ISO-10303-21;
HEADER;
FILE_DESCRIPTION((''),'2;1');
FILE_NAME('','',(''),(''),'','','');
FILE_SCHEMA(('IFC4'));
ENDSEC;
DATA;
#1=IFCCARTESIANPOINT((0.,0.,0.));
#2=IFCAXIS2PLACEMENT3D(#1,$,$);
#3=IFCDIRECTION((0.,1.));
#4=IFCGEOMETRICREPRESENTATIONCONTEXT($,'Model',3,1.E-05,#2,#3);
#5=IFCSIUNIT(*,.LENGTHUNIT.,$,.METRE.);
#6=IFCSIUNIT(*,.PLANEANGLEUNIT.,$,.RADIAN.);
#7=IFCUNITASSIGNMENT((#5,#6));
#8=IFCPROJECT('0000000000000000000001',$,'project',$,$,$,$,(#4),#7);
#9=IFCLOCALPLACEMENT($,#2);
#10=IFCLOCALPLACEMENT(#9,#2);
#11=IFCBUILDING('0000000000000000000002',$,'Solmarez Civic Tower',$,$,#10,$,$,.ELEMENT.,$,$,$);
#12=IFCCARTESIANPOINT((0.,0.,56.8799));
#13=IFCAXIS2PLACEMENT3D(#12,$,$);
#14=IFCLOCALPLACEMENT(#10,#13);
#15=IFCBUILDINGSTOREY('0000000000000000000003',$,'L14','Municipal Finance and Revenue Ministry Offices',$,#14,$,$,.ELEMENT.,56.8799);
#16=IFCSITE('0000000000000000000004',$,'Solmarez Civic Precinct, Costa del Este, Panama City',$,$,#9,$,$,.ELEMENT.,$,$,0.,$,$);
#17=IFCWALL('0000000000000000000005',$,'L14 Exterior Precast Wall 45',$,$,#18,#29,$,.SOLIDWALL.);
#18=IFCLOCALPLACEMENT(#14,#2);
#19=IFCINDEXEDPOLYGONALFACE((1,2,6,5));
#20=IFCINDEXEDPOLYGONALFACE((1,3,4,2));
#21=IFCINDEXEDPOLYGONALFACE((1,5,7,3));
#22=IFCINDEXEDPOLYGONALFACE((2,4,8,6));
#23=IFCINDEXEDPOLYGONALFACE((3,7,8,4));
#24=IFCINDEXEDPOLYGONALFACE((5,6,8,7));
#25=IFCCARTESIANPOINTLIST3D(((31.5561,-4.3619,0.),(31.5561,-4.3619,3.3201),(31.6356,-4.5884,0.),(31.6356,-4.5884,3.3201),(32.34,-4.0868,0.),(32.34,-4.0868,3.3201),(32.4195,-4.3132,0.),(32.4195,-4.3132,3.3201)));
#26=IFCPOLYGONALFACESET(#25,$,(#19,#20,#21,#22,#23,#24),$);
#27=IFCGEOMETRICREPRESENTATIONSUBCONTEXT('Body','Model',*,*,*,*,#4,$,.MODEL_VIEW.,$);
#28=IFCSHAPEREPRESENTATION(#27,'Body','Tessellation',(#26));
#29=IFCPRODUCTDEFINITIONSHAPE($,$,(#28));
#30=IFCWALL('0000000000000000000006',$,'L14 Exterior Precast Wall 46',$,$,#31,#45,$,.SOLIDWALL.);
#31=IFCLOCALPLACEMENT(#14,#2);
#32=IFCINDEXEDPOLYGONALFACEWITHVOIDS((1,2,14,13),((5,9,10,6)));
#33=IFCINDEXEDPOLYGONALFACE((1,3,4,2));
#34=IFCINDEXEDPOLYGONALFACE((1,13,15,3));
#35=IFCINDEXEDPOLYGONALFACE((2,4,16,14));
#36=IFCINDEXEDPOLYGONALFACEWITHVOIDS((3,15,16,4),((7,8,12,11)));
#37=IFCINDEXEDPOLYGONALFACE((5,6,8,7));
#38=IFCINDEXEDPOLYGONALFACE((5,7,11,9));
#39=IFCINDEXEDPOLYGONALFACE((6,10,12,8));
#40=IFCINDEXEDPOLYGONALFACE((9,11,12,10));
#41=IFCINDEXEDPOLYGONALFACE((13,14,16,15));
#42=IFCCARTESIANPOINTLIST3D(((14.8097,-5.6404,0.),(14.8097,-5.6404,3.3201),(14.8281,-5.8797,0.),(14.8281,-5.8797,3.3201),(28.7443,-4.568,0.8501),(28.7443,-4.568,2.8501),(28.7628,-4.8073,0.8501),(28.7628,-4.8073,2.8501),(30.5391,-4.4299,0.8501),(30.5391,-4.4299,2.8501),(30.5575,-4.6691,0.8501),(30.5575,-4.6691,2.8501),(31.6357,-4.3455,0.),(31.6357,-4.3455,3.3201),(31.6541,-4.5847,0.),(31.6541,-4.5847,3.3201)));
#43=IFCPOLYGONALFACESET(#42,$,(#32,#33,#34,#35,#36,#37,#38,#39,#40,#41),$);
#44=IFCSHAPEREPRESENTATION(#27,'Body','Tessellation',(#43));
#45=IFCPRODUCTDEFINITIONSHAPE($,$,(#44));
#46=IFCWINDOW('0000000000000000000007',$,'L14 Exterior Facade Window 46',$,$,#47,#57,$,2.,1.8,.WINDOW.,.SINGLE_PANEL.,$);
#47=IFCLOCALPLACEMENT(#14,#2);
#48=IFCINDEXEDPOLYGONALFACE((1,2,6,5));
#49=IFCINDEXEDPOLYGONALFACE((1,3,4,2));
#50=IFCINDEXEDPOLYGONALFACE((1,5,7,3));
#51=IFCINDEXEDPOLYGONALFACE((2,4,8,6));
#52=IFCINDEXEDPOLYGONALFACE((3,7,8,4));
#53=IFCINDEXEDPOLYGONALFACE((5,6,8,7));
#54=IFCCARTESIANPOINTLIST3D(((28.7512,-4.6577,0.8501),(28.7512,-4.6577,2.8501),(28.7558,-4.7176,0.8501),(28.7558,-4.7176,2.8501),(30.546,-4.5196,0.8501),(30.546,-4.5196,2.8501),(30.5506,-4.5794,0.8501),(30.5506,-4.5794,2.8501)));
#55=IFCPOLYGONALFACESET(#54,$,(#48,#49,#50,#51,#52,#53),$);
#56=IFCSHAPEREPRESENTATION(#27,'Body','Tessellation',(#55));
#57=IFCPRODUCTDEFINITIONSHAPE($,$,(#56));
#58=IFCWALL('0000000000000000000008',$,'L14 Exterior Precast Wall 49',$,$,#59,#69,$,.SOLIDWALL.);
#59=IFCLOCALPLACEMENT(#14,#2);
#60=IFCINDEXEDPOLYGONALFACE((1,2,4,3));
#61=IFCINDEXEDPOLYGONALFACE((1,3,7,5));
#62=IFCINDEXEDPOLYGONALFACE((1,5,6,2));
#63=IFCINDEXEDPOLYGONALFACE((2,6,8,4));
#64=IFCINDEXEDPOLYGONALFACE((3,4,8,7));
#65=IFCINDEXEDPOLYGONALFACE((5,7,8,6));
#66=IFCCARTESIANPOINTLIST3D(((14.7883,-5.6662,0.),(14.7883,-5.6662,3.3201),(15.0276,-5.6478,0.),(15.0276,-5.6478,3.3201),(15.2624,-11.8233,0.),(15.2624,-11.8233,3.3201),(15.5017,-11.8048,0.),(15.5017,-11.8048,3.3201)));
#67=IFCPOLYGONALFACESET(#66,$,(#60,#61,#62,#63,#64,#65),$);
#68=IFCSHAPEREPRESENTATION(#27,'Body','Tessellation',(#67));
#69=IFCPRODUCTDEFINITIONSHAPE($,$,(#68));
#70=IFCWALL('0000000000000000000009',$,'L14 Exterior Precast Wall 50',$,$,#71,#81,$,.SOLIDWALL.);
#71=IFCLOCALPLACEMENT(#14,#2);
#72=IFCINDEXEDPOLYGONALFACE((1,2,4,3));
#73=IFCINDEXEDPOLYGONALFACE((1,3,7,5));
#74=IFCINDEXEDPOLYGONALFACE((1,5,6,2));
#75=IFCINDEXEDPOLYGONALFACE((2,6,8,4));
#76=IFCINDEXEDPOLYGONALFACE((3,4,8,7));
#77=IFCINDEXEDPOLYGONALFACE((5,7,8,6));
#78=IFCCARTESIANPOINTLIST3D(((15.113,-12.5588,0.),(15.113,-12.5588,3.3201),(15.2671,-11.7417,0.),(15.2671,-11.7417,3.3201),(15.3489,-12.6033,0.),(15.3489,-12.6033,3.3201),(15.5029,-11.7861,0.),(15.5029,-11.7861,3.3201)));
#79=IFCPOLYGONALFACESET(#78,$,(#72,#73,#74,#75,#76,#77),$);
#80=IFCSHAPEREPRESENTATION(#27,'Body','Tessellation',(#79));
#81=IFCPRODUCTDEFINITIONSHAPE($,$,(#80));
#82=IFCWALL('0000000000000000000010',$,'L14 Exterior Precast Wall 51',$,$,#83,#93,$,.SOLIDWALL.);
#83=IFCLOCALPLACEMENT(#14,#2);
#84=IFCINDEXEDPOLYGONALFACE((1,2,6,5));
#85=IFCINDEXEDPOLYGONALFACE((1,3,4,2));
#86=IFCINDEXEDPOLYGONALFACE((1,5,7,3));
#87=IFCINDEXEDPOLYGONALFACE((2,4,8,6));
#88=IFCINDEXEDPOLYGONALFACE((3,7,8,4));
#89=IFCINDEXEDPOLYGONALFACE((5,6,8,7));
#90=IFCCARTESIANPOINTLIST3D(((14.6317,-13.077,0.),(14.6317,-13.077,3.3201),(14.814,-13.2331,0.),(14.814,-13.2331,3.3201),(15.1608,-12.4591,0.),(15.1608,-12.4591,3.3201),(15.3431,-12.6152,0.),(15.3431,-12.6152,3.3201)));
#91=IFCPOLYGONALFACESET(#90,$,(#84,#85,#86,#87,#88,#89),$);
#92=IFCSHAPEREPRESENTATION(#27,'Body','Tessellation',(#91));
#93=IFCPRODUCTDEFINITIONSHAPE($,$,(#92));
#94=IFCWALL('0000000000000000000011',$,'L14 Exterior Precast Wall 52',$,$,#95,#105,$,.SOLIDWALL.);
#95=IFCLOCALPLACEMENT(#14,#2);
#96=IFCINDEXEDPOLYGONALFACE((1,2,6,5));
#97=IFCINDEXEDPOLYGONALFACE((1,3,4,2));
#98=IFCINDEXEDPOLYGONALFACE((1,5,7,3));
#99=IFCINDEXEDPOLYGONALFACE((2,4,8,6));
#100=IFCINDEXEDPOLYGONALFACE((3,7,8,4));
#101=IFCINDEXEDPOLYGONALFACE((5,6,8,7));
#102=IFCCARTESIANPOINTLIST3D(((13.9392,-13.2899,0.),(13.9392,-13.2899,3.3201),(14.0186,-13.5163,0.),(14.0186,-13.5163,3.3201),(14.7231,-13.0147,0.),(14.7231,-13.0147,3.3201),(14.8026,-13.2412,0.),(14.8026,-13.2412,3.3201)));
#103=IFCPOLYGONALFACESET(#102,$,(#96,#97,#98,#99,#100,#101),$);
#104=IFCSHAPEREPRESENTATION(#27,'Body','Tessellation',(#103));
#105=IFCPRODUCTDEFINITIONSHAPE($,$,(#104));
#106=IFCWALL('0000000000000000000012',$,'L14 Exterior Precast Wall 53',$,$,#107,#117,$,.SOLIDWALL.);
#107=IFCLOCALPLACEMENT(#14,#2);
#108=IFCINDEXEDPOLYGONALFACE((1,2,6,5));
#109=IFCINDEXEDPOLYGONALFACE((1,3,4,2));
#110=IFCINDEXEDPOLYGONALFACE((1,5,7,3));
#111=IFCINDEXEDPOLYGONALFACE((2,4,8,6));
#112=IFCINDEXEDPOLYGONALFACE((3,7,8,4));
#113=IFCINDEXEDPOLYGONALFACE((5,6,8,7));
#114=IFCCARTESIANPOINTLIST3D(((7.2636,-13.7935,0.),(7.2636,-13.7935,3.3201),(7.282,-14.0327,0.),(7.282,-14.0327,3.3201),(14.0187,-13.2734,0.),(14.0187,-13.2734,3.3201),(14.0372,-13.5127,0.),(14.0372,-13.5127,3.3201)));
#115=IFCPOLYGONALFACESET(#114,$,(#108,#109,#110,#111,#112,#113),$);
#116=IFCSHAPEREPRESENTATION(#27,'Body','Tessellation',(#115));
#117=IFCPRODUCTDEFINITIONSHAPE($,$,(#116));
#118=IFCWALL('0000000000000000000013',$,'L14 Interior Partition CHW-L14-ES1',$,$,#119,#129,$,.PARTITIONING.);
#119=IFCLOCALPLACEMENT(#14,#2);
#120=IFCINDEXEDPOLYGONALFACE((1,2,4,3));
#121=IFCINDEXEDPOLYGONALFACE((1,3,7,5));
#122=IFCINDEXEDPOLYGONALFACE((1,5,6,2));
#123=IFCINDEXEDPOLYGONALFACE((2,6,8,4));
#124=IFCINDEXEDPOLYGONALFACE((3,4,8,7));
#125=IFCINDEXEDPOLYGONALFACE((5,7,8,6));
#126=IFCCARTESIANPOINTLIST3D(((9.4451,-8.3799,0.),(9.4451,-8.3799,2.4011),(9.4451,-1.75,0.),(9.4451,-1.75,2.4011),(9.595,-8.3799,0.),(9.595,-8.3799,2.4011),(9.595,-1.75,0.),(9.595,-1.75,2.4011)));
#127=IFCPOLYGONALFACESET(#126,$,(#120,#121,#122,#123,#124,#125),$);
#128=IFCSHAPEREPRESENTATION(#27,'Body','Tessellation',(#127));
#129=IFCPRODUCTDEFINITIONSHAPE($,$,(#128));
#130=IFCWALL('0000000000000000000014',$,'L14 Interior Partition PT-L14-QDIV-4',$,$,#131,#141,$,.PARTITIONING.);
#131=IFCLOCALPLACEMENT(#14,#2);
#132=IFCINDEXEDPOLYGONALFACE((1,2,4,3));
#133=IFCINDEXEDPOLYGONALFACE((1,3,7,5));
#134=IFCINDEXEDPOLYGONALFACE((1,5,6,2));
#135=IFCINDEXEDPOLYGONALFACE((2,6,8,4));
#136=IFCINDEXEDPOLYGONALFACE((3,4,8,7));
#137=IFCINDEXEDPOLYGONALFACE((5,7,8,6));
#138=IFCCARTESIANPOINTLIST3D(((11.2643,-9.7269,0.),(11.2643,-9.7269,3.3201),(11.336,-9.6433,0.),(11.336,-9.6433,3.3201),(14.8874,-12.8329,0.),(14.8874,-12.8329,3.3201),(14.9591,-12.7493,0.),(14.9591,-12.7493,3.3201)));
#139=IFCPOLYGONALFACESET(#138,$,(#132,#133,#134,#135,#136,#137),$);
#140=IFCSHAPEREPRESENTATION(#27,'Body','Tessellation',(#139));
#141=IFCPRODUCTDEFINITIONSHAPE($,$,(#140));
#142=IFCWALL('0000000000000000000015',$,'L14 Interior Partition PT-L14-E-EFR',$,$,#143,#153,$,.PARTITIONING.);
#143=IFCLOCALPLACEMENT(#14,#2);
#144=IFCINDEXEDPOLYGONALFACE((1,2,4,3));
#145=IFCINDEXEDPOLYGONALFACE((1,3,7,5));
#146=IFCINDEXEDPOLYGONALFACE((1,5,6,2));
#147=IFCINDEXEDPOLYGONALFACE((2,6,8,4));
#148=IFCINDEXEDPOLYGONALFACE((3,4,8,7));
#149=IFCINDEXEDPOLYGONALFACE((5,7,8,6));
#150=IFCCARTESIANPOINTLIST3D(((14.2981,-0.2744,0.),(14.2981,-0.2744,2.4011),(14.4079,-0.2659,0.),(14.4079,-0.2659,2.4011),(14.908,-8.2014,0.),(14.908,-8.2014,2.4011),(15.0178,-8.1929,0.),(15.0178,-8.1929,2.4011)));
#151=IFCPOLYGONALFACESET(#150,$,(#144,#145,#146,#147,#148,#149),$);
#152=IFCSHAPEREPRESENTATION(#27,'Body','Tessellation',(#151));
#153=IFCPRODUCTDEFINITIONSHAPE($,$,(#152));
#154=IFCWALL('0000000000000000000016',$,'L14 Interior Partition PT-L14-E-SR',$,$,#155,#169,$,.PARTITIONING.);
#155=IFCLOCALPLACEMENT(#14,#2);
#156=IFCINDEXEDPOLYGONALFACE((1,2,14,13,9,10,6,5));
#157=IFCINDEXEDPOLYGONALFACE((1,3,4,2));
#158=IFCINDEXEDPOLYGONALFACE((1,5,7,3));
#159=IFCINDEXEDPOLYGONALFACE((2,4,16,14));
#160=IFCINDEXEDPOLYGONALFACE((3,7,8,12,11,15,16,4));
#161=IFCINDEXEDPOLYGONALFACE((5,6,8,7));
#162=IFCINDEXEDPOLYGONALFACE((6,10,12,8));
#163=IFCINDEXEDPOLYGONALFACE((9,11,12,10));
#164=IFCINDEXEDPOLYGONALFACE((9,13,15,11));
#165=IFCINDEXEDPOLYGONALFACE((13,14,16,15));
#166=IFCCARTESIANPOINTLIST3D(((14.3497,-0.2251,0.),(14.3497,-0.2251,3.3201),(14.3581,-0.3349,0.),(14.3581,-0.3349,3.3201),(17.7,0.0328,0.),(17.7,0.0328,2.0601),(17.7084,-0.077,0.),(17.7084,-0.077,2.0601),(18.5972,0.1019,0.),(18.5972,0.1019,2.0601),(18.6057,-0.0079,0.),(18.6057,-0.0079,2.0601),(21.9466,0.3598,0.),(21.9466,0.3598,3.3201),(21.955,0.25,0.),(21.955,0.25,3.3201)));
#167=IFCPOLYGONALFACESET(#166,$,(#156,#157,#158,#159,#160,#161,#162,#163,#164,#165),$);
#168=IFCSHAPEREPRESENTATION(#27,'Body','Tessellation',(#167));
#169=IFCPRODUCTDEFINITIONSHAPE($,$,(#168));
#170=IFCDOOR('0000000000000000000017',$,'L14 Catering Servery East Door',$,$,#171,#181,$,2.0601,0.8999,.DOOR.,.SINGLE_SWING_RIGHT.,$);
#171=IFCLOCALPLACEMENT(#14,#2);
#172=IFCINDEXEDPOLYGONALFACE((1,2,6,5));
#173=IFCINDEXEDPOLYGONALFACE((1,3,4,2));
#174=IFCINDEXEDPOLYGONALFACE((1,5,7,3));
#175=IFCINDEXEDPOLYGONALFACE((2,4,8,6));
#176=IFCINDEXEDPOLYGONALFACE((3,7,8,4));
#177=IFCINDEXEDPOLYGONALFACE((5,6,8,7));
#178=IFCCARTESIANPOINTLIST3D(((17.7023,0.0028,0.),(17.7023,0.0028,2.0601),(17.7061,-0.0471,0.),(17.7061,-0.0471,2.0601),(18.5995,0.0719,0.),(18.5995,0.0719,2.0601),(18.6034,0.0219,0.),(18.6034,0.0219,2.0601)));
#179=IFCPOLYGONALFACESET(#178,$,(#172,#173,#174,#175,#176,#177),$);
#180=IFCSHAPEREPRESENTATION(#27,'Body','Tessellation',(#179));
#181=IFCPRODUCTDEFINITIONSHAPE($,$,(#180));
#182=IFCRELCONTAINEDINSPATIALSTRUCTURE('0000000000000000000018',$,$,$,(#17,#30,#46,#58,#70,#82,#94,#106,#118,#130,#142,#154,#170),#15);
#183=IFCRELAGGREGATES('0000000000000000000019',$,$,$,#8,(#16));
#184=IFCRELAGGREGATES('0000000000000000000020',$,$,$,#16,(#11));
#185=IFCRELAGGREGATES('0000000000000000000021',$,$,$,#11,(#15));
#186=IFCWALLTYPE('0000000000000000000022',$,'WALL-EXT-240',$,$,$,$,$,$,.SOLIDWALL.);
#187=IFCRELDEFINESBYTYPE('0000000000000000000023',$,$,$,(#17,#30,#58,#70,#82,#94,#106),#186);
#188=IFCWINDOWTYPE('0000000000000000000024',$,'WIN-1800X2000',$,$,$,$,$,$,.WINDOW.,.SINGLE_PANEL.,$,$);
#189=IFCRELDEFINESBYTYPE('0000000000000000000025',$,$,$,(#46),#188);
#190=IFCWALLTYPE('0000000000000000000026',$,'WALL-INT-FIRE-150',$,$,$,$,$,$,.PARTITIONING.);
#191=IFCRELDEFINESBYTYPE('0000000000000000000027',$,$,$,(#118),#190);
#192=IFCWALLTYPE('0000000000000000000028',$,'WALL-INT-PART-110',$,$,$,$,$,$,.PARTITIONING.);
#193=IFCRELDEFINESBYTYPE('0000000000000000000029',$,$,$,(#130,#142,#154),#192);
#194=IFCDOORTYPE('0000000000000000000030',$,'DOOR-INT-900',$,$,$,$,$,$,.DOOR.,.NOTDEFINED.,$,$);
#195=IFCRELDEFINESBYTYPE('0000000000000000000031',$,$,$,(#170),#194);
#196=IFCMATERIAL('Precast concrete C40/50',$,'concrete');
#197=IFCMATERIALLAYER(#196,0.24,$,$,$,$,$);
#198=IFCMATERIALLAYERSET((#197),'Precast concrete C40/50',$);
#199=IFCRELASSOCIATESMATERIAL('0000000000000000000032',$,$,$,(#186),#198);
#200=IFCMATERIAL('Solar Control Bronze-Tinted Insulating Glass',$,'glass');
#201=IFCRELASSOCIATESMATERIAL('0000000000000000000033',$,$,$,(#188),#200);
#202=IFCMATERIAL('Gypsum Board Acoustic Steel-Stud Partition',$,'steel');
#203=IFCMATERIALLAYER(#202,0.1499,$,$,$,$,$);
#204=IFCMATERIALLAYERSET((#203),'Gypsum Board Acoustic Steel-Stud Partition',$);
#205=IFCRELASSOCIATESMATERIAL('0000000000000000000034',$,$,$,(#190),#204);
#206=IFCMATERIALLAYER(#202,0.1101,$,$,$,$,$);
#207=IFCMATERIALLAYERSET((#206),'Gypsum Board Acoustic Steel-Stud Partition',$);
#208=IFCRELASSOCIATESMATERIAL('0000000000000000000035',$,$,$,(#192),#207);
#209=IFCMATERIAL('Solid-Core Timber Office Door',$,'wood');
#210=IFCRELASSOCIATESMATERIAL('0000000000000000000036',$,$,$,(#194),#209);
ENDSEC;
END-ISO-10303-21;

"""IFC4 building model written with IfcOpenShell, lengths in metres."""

from ifc_helpers import new_model, si_unit, direction, frame, frame_2d, origin, place, context, subcontext, project, spatial, rectangle, extrude, material, layer, layer_set, type_object, element, fill, save


model = new_model("IFC4")

# Units and contexts
model_context = context("Model", 3, precision=1e-05, world=origin(), true_north=direction((0.0, 1.0)))
body_context = subcontext(model_context, "Body", "Model", "MODEL_VIEW")
ifc_project = project(units=[si_unit("LENGTHUNIT", "METRE"), si_unit("PLANEANGLEUNIT", "RADIAN")], contexts=[model_context])

# Site, building, storey
site_placement = place(None, origin())
site = spatial("IfcSite", under=ifc_project, at=site_placement, Name="Solmarez Civic Precinct, Costa del Este, Panama City", CompositionType="ELEMENT", RefElevation=0.0)
building_placement = place(site_placement, origin())
building = spatial("IfcBuilding", under=site, at=building_placement, Name="Solmarez Civic Tower", CompositionType="ELEMENT")
storey_placement = place(building_placement, frame((0.0, 0.0, 56.8799)))
storey = spatial("IfcBuildingStorey", under=building, at=storey_placement, Name="L14", Description="Municipal Finance and Revenue Ministry Offices", CompositionType="ELEMENT", Elevation=56.8799)

# Wall
ifc_material_1 = material(Name="Precast concrete C40/50", Category="concrete")
ifc_layer_1 = layer(ifc_material_1, 0.24)
ifc_layer_set_1 = layer_set([ifc_layer_1], Name="Precast concrete C40/50")
wall_type_1 = type_object("IfcWallType", Name="WALL-EXT-240", PredefinedType="SOLIDWALL", material=ifc_layer_set_1)
wall_1_placement = place(storey_placement, frame((32.3799, -4.2, 0.0), z_axis=(0.0, 0.0, 1.0), x_axis=(-0.943569, -0.331175, 0.0)))
element("IfcWall", 1, at=wall_1_placement, inside=storey, type_object=wall_type_1, Name="L14 Exterior Precast Wall 45", PredefinedType="SOLIDWALL", context=body_context, shape_type="SweptSolid", body=[
    extrude(rectangle(XDim=0.8308, YDim=0.24, at=frame_2d((0.4155, 0.0))), origin(), (0.0, 0.0, 1.0), 3.3201),
])

# Wall, opening, window
wall_2_placement = place(storey_placement, frame((31.645, -4.4651, 0.0), z_axis=(0.0, 0.0, 1.0), x_axis=(-0.997052, -0.076733, 0.0)))
wall_2 = element("IfcWall", 2, at=wall_2_placement, inside=storey, type_object=wall_type_1, Name="L14 Exterior Precast Wall 46", PredefinedType="SOLIDWALL", context=body_context, shape_type="SweptSolid", body=[
    extrude(rectangle(XDim=16.8757, YDim=0.24, at=frame_2d((8.438, 0.0))), origin(), (0.0, 0.0, 1.0), 3.3201),
])
opening_1_placement = place(wall_2_placement, frame((1.1001, 0.0, 0.8501)))
opening_1 = element("IfcOpeningElement", 3, at=opening_1_placement, cuts=wall_2, PredefinedType="OPENING", context=body_context, shape_type="SweptSolid", body=[
    extrude(rectangle(XDim=1.8, YDim=2.0, at=frame_2d((0.8999, 1.0))), frame((0.0, 0.1299, 0.0), z_axis=(0.0, -1.0, 0.0), x_axis=(1.0, 0.0, 0.0)), (0.0, 0.0, 1.0), 0.26),
])
ifc_material_2 = material(Name="Solar Control Bronze-Tinted Insulating Glass", Category="glass")
window_type = type_object("IfcWindowType", Name="WIN-1800X2000", PartitioningType="SINGLE_PANEL", PredefinedType="WINDOW", material=ifc_material_2)
window_placement = place(opening_1_placement, origin())
window = element("IfcWindow", 4, at=window_placement, inside=storey, type_object=window_type, Name="L14 Exterior Facade Window 46", OverallHeight=2.0, OverallWidth=1.8, PartitioningType="SINGLE_PANEL", PredefinedType="WINDOW", context=body_context, shape_type="SweptSolid", body=[
    extrude(rectangle(XDim=1.8, YDim=2.0, at=frame_2d((0.8999, 1.0))), frame((0.0, 0.03, 0.0), z_axis=(0.0, -1.0, 0.0), x_axis=(1.0, 0.0, 0.0)), (0.0, 0.0, 1.0), 0.0601),
])
fill(opening_1, window)

# Walls
wall_3_placement = place(storey_placement, frame((14.908, -5.657, 0.0), z_axis=(0.0, 0.0, 1.0), x_axis=(0.076778, -0.997048, 0.0)))
element("IfcWall", 5, at=wall_3_placement, inside=storey, type_object=wall_type_1, Name="L14 Exterior Precast Wall 49", PredefinedType="SOLIDWALL", context=body_context, shape_type="SweptSolid", body=[
    extrude(rectangle(XDim=6.1753, YDim=0.24, at=frame_2d((3.0876, 0.0))), origin(), (0.0, 0.0, 1.0), 3.3201),
])
wall_4_placement = place(storey_placement, frame((15.385, -11.7639, 0.0), z_axis=(0.0, 0.0, 1.0), x_axis=(-0.185263, -0.982689, 0.0)))
element("IfcWall", 6, at=wall_4_placement, inside=storey, type_object=wall_type_1, Name="L14 Exterior Precast Wall 50", PredefinedType="SOLIDWALL", context=body_context, shape_type="SweptSolid", body=[
    extrude(rectangle(XDim=0.8315, YDim=0.24, at=frame_2d((0.4158, 0.0))), origin(), (0.0, 0.0, 1.0), 3.3201),
])
wall_5_placement = place(storey_placement, frame((15.252, -12.5371, 0.0), z_axis=(0.0, 0.0, 1.0), x_axis=(-0.650371, -0.759617, 0.0)))
element("IfcWall", 7, at=wall_5_placement, inside=storey, type_object=wall_type_1, Name="L14 Exterior Precast Wall 51", PredefinedType="SOLIDWALL", context=body_context, shape_type="SweptSolid", body=[
    extrude(rectangle(XDim=0.8135, YDim=0.24, at=frame_2d((0.4067, 0.0))), origin(), (0.0, 0.0, 1.0), 3.3201),
])
wall_6_placement = place(storey_placement, frame((14.7629, -13.1279, 0.0), z_axis=(0.0, 0.0, 1.0), x_axis=(-0.943569, -0.331175, 0.0)))
element("IfcWall", 8, at=wall_6_placement, inside=storey, type_object=wall_type_1, Name="L14 Exterior Precast Wall 52", PredefinedType="SOLIDWALL", context=body_context, shape_type="SweptSolid", body=[
    extrude(rectangle(XDim=0.8308, YDim=0.24, at=frame_2d((0.4155, 0.0))), origin(), (0.0, 0.0, 1.0), 3.3201),
])
wall_7_placement = place(storey_placement, frame((14.0281, -13.3931, 0.0), z_axis=(0.0, 0.0, 1.0), x_axis=(-0.99705, -0.076754, 0.0)))
element("IfcWall", 9, at=wall_7_placement, inside=storey, type_object=wall_type_1, Name="L14 Exterior Precast Wall 53", PredefinedType="SOLIDWALL", context=body_context, shape_type="SweptSolid", body=[
    extrude(rectangle(XDim=6.7751, YDim=0.24, at=frame_2d((3.3877, 0.0))), origin(), (0.0, 0.0, 1.0), 3.3201),
])
ifc_material_3 = material(Name="Gypsum Board Acoustic Steel-Stud Partition", Category="steel")
ifc_layer_2 = layer(ifc_material_3, 0.1499)
ifc_layer_set_2 = layer_set([ifc_layer_2], Name="Gypsum Board Acoustic Steel-Stud Partition")
wall_type_2 = type_object("IfcWallType", Name="WALL-INT-FIRE-150", PredefinedType="PARTITIONING", material=ifc_layer_set_2)
wall_8_placement = place(storey_placement, frame((9.52, -8.3799, 0.0), z_axis=(0.0, 0.0, 1.0), x_axis=(0.0, 1.0, 0.0)))
element("IfcWall", 10, at=wall_8_placement, inside=storey, type_object=wall_type_2, Name="L14 Interior Partition CHW-L14-ES1", PredefinedType="PARTITIONING", context=body_context, shape_type="SweptSolid", body=[
    extrude(rectangle(XDim=6.6299, YDim=0.1499, at=frame_2d((3.3149, 0.0))), origin(), (0.0, 0.0, 1.0), 2.4011),
])
ifc_layer_3 = layer(ifc_material_3, 0.1101)
ifc_layer_set_3 = layer_set([ifc_layer_3], Name="Gypsum Board Acoustic Steel-Stud Partition")
wall_type_3 = type_object("IfcWallType", Name="WALL-INT-PART-110", PredefinedType="PARTITIONING", material=ifc_layer_set_3)
wall_9_placement = place(storey_placement, frame((11.3, -9.6851, 0.0), z_axis=(0.0, 0.0, 1.0), x_axis=(0.759206, -0.65085, 0.0)))
element("IfcWall", 11, at=wall_9_placement, inside=storey, type_object=wall_type_3, Name="L14 Interior Partition PT-L14-QDIV-4", PredefinedType="PARTITIONING", context=body_context, shape_type="SweptSolid", body=[
    extrude(rectangle(XDim=4.7722, YDim=0.1101, at=frame_2d((2.3862, 0.0))), origin(), (0.0, 0.0, 1.0), 3.3201),
])
wall_10_placement = place(storey_placement, frame((14.9629, -8.197, 0.0), z_axis=(0.0, 0.0, 1.0), x_axis=(-0.076708, 0.997054, 0.0)))
element("IfcWall", 12, at=wall_10_placement, inside=storey, type_object=wall_type_3, Name="L14 Interior Partition PT-L14-E-EFR", PredefinedType="PARTITIONING", context=body_context, shape_type="SweptSolid", body=[
    extrude(rectangle(XDim=7.9504, YDim=0.1101, at=frame_2d((3.9751, 0.0))), origin(), (0.0, 0.0, 1.0), 2.4011),
])

# Wall, opening, door
wall_11_placement = place(storey_placement, frame((14.354, -0.28, 0.0), z_axis=(0.0, 0.0, 1.0), x_axis=(0.997049, 0.076772, 0.0)))
wall_11 = element("IfcWall", 13, at=wall_11_placement, inside=storey, type_object=wall_type_3, Name="L14 Interior Partition PT-L14-E-SR", PredefinedType="PARTITIONING", context=body_context, shape_type="SweptSolid", body=[
    extrude(rectangle(XDim=7.6194, YDim=0.1101, at=frame_2d((3.8096, 0.0))), origin(), (0.0, 0.0, 1.0), 3.3201),
])
opening_2_placement = place(wall_11_placement, frame((3.3601, 0.0, 0.0)))
opening_2 = element("IfcOpeningElement", 14, at=opening_2_placement, cuts=wall_11, PredefinedType="OPENING", context=body_context, shape_type="SweptSolid", body=[
    extrude(rectangle(XDim=0.8999, YDim=2.0601, at=frame_2d((0.45, 1.03))), frame((0.0, 0.0649, 0.0), z_axis=(0.0, -1.0, 0.0), x_axis=(1.0, 0.0, 0.0)), (0.0, 0.0, 1.0), 0.1301),
])
ifc_material_4 = material(Name="Solid-Core Timber Office Door", Category="wood")
door_type = type_object("IfcDoorType", Name="DOOR-INT-900", OperationType="NOTDEFINED", PredefinedType="DOOR", material=ifc_material_4)
door_placement = place(opening_2_placement, origin())
door = element("IfcDoor", 15, at=door_placement, inside=storey, type_object=door_type, Name="L14 Catering Servery East Door", OperationType="SINGLE_SWING_RIGHT", OverallHeight=2.0601, OverallWidth=0.8999, PredefinedType="DOOR", context=body_context, shape_type="SweptSolid", body=[
    extrude(rectangle(XDim=0.8999, YDim=2.0601, at=frame_2d((0.45, 1.03))), frame((0.0, 0.0249, 0.0), z_axis=(0.0, -1.0, 0.0), x_axis=(1.0, 0.0, 0.0)), (0.0, 0.0, 1.0), 0.05),
])
fill(opening_2, door)

save(model, "model.ifc")
